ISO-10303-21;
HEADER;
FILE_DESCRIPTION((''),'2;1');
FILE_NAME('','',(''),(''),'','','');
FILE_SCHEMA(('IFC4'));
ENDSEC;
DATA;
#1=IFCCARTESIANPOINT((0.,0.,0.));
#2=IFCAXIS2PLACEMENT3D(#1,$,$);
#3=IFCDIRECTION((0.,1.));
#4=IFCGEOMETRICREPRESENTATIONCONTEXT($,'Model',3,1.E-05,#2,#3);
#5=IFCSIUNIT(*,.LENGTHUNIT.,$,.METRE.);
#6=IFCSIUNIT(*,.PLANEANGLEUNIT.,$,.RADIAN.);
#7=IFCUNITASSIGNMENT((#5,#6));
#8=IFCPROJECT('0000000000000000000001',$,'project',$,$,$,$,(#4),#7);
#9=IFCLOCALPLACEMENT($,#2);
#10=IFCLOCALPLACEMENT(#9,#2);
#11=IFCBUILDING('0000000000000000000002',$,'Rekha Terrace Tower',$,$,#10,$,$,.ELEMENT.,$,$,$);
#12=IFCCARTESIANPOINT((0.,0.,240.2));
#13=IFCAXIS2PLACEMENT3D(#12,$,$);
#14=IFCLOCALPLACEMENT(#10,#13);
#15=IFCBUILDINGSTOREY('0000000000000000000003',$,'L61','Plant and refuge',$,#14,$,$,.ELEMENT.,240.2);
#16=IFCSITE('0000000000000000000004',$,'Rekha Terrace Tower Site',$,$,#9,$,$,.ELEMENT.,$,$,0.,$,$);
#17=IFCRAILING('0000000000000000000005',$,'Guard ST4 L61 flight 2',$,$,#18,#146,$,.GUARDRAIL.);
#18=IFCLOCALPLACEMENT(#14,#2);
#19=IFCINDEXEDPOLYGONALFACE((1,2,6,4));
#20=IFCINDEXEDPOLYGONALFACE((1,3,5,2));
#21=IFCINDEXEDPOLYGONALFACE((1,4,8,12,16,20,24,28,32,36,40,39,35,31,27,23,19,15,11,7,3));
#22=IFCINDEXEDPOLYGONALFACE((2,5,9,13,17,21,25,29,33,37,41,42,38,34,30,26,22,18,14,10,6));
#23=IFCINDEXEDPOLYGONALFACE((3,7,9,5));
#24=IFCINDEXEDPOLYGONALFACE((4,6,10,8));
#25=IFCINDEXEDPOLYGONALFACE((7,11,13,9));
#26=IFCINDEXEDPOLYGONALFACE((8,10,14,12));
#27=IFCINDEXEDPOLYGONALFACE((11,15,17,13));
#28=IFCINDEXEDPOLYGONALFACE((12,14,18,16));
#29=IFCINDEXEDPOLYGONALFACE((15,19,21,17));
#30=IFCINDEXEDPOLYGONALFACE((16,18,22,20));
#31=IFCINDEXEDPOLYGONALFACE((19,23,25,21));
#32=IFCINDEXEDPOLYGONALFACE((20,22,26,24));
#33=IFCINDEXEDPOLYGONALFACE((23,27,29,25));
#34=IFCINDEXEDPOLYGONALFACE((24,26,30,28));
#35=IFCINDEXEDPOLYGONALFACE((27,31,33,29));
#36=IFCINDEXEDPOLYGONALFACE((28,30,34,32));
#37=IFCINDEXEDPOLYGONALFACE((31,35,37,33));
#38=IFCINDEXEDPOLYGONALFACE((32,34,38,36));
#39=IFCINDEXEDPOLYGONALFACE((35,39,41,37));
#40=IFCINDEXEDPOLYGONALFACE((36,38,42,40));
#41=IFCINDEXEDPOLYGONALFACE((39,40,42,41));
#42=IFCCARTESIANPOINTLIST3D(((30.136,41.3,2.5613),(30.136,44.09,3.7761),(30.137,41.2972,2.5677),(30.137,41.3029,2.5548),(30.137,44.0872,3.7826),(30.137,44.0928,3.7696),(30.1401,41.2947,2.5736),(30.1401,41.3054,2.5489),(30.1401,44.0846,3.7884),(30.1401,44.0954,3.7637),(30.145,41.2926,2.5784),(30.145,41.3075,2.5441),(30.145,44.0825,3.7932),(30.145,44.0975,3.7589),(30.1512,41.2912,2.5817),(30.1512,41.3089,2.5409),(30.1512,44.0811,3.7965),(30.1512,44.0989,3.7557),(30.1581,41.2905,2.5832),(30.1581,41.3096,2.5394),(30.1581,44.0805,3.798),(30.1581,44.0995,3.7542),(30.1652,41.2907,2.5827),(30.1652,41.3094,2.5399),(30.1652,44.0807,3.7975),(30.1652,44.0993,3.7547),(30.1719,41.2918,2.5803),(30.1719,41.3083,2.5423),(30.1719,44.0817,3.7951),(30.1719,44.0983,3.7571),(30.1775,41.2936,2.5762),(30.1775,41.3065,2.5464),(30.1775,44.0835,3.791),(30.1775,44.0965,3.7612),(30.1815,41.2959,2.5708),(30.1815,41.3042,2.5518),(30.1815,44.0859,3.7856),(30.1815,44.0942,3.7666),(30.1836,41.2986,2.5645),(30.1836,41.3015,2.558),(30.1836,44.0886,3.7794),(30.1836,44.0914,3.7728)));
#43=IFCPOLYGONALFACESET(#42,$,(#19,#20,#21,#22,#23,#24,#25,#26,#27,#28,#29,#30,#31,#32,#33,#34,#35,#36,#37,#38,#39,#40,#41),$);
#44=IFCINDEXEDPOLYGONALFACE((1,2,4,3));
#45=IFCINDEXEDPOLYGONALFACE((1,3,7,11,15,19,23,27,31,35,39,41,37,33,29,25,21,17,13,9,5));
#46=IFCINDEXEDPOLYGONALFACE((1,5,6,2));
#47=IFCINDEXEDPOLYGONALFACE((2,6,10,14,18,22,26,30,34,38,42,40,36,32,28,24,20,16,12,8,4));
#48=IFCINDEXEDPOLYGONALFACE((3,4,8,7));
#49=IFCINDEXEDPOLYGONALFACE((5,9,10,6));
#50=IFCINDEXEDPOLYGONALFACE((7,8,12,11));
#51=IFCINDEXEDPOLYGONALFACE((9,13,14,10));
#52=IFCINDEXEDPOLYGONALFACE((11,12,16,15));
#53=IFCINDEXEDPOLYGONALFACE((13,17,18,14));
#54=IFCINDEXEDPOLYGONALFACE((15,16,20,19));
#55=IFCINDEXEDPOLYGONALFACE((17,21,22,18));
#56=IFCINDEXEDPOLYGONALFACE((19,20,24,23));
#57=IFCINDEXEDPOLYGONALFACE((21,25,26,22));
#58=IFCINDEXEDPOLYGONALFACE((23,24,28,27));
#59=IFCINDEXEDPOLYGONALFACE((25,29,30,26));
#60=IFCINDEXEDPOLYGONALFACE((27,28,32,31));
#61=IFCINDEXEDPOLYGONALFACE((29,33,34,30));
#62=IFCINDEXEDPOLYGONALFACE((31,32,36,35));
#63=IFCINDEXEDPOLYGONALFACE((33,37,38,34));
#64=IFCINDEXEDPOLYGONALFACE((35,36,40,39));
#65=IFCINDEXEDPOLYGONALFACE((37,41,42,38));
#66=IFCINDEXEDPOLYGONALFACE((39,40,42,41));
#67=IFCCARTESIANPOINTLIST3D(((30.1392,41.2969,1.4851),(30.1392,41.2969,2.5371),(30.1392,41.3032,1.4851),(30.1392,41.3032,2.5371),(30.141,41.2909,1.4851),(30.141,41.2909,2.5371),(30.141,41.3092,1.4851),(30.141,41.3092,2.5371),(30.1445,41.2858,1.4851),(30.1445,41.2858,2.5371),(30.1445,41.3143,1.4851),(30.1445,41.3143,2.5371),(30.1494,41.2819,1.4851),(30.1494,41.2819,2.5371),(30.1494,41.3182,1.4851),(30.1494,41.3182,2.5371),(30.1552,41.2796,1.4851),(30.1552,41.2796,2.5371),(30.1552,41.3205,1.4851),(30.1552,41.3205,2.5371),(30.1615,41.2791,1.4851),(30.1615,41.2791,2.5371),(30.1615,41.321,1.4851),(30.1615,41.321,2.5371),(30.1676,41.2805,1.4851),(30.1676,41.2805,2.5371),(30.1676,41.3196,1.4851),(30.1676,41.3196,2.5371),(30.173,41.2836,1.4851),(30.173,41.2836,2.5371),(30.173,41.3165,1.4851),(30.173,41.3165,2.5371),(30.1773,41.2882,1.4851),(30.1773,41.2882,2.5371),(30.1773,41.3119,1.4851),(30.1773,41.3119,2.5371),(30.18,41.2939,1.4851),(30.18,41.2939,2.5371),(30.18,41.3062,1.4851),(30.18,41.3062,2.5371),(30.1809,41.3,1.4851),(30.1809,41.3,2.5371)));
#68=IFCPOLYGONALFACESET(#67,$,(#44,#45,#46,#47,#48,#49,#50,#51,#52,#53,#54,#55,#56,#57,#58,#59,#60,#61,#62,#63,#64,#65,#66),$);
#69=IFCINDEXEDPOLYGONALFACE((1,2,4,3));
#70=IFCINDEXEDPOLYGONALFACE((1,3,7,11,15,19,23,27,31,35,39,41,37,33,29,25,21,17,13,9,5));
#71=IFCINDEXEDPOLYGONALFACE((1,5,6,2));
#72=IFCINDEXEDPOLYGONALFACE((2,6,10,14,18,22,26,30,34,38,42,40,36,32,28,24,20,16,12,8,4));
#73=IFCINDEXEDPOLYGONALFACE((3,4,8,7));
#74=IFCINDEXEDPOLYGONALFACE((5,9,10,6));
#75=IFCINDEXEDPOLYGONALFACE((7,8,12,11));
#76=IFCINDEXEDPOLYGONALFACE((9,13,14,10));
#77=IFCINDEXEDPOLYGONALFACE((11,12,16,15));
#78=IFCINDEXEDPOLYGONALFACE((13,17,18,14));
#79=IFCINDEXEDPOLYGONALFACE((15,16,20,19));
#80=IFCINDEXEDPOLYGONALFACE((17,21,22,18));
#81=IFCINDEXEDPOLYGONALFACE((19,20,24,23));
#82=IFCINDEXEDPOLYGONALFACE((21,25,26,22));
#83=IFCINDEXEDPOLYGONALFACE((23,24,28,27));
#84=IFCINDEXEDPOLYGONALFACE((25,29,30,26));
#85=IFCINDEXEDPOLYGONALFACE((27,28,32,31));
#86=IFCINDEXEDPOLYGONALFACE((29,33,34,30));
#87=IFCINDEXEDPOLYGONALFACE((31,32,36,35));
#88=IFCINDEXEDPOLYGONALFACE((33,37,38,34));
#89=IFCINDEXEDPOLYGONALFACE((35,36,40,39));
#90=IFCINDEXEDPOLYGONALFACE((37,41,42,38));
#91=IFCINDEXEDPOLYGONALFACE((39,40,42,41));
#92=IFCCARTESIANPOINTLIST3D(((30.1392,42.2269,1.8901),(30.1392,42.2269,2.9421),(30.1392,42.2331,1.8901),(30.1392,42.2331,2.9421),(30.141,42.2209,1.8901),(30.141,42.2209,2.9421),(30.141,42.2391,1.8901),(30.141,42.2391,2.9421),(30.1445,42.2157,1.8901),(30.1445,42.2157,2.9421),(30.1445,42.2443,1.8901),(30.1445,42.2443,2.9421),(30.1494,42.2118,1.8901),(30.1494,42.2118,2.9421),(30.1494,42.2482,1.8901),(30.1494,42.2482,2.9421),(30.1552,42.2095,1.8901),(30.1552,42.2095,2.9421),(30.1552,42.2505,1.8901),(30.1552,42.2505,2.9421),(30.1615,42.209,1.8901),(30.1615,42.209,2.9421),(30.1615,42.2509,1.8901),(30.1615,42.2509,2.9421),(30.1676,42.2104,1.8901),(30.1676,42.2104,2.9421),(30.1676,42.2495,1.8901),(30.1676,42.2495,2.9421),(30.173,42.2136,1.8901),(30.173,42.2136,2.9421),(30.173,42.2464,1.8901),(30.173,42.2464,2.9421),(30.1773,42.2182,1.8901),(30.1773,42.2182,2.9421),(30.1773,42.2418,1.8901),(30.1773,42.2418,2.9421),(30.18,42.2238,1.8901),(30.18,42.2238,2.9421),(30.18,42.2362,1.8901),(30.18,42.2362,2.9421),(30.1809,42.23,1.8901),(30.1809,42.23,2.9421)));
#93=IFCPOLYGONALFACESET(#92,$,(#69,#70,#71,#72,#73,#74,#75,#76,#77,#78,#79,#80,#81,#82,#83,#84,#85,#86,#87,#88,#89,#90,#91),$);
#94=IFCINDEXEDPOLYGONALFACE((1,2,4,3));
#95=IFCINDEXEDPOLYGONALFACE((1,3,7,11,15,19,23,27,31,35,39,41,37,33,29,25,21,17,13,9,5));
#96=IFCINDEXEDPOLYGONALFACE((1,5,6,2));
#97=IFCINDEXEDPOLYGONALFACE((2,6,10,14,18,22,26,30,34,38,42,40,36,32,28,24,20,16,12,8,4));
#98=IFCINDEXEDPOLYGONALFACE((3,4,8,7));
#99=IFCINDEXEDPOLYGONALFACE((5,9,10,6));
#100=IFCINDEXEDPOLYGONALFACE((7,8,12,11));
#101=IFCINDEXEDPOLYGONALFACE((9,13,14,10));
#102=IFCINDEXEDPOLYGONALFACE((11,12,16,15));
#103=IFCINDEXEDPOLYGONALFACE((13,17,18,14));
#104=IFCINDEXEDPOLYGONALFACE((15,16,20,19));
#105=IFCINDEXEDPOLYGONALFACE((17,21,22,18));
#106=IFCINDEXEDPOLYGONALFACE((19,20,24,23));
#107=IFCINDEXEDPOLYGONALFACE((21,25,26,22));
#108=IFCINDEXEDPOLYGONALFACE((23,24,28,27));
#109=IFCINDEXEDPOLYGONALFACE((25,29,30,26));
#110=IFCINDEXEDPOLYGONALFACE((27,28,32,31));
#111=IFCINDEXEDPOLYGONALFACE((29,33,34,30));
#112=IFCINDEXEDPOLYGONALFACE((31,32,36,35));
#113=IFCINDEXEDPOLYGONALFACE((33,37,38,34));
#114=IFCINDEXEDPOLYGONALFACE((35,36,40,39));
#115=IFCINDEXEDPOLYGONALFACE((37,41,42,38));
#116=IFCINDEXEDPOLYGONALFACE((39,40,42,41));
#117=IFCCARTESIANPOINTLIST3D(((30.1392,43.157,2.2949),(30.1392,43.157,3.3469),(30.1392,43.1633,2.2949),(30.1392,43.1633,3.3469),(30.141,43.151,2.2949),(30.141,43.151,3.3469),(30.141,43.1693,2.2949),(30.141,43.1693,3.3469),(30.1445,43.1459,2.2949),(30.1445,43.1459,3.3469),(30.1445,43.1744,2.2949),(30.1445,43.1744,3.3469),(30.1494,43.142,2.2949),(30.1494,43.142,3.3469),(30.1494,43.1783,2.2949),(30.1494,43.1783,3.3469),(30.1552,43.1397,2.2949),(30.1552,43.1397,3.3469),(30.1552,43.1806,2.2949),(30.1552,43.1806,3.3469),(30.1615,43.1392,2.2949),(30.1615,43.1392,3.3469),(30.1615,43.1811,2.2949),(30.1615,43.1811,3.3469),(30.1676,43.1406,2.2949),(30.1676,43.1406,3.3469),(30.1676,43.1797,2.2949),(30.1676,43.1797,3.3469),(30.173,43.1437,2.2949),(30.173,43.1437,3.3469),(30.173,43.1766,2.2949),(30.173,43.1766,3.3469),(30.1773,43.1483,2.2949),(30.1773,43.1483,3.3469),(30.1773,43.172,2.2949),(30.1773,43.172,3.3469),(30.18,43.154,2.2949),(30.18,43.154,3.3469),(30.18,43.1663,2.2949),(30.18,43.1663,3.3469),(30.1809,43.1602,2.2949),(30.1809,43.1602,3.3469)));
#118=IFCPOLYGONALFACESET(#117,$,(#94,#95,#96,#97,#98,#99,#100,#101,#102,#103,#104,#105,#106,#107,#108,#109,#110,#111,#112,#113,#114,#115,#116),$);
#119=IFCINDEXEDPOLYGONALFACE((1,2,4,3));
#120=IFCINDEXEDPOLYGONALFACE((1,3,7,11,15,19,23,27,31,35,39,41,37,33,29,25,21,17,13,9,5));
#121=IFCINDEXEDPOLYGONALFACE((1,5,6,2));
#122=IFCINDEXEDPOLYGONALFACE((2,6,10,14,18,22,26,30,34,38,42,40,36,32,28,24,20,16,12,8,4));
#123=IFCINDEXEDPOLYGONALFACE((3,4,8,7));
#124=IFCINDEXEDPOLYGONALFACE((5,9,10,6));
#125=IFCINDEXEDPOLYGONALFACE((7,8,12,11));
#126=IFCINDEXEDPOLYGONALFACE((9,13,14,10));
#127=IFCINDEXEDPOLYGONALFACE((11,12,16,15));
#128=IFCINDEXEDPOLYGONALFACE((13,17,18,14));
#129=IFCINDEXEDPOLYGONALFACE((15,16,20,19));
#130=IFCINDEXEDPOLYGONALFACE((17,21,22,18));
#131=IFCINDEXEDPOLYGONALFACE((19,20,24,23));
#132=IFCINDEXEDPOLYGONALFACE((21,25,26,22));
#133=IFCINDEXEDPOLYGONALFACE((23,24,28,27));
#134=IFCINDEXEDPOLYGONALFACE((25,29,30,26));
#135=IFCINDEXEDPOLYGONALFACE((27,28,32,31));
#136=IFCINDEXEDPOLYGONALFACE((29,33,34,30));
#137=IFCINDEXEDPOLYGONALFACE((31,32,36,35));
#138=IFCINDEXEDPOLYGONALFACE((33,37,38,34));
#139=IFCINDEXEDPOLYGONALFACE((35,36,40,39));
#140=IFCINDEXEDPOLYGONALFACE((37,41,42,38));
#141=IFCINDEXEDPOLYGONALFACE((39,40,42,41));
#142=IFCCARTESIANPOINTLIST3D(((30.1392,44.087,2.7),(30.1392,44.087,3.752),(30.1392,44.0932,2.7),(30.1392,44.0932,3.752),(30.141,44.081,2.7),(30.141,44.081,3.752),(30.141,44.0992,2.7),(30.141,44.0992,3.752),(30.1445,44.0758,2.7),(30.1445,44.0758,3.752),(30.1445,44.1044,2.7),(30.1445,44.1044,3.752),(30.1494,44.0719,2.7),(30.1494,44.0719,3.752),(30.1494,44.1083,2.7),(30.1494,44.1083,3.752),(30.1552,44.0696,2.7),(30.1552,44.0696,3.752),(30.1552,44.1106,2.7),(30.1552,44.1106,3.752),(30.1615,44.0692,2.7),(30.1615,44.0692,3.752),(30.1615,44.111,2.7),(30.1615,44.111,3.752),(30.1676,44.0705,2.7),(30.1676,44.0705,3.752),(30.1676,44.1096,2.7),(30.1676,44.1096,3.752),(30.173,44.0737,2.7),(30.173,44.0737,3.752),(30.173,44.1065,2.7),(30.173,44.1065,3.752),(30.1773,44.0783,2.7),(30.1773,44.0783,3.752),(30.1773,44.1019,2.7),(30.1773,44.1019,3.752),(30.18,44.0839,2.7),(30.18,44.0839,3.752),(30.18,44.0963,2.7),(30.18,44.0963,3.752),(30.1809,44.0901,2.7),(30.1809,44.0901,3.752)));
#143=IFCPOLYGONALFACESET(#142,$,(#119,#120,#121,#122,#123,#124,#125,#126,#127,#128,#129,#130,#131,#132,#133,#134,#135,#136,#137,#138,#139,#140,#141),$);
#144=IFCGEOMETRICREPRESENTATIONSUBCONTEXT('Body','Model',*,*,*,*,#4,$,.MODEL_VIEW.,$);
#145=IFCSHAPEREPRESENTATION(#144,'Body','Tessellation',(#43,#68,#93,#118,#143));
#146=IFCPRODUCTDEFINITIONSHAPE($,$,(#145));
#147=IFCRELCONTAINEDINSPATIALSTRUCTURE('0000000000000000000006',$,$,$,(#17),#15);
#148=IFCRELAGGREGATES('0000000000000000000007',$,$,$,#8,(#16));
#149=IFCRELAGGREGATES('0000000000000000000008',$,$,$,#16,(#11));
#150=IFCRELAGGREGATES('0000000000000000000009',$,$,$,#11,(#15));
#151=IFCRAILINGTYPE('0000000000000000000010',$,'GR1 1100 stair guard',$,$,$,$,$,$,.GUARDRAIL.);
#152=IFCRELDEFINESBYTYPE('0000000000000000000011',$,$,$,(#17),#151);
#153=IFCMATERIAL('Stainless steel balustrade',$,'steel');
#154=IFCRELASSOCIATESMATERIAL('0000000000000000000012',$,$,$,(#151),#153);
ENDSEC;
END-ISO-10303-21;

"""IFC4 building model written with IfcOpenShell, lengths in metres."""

from ifc_helpers import new_model, si_unit, direction, frame, origin, origin_2d, place, context, subcontext, project, spatial, circle, extrude, material, type_object, element, save


model = new_model("IFC4")

# Units and contexts
model_context = context("Model", 3, precision=1e-05, world=origin(), true_north=direction((0.0, 1.0)))
body_context = subcontext(model_context, "Body", "Model", "MODEL_VIEW")
ifc_project = project(units=[si_unit("LENGTHUNIT", "METRE"), si_unit("PLANEANGLEUNIT", "RADIAN")], contexts=[model_context])

# Site, building, storey
site_placement = place(None, origin())
site = spatial("IfcSite", under=ifc_project, at=site_placement, Name="Rekha Terrace Tower Site", CompositionType="ELEMENT", RefElevation=0.0)
building_placement = place(site_placement, origin())
building = spatial("IfcBuilding", under=site, at=building_placement, Name="Rekha Terrace Tower", CompositionType="ELEMENT")
storey_placement = place(building_placement, frame((0.0, 0.0, 240.2)))
storey = spatial("IfcBuildingStorey", under=building, at=storey_placement, Name="L61", Description="Plant and refuge", CompositionType="ELEMENT", Elevation=240.2)

# Railing
ifc_material_1 = material(Name="Stainless steel balustrade", Category="steel")
railing_type_1 = type_object("IfcRailingType", Name="GR1 1100 stair guard", PredefinedType="GUARDRAIL", material=ifc_material_1)
railing_1_placement = place(storey_placement, frame((30.1599, 41.3, 1.4851)))
element("IfcRailing", 1, at=railing_1_placement, inside=storey, type_object=railing_type_1, Name="Guard ST4 L61 flight 2", PredefinedType="GUARDRAIL", context=body_context, shape_type="SweptSolid", body=[
    extrude(circle(Radius=0.0239, at=origin_2d()), frame((0.0, 0.0, 1.0762), z_axis=(0.0, 0.916856, 0.399219), x_axis=(-1.0, 0.0, 0.0)), (0.0, 0.0, 1.0), 3.043),
    extrude(circle(Radius=0.021, at=origin_2d()), origin(), (0.0, 0.0, 1.0), 1.052),
    extrude(circle(Radius=0.021, at=origin_2d()), frame((0.0, 0.9299, 0.405)), (0.0, 0.0, 1.0), 1.052),
    extrude(circle(Radius=0.021, at=origin_2d()), frame((0.0, 1.8601, 0.8098)), (0.0, 0.0, 1.0), 1.052),
    extrude(circle(Radius=0.021, at=origin_2d()), frame((0.0, 2.79, 1.2148)), (0.0, 0.0, 1.0), 1.052),
])

save(model, "model.ifc")
